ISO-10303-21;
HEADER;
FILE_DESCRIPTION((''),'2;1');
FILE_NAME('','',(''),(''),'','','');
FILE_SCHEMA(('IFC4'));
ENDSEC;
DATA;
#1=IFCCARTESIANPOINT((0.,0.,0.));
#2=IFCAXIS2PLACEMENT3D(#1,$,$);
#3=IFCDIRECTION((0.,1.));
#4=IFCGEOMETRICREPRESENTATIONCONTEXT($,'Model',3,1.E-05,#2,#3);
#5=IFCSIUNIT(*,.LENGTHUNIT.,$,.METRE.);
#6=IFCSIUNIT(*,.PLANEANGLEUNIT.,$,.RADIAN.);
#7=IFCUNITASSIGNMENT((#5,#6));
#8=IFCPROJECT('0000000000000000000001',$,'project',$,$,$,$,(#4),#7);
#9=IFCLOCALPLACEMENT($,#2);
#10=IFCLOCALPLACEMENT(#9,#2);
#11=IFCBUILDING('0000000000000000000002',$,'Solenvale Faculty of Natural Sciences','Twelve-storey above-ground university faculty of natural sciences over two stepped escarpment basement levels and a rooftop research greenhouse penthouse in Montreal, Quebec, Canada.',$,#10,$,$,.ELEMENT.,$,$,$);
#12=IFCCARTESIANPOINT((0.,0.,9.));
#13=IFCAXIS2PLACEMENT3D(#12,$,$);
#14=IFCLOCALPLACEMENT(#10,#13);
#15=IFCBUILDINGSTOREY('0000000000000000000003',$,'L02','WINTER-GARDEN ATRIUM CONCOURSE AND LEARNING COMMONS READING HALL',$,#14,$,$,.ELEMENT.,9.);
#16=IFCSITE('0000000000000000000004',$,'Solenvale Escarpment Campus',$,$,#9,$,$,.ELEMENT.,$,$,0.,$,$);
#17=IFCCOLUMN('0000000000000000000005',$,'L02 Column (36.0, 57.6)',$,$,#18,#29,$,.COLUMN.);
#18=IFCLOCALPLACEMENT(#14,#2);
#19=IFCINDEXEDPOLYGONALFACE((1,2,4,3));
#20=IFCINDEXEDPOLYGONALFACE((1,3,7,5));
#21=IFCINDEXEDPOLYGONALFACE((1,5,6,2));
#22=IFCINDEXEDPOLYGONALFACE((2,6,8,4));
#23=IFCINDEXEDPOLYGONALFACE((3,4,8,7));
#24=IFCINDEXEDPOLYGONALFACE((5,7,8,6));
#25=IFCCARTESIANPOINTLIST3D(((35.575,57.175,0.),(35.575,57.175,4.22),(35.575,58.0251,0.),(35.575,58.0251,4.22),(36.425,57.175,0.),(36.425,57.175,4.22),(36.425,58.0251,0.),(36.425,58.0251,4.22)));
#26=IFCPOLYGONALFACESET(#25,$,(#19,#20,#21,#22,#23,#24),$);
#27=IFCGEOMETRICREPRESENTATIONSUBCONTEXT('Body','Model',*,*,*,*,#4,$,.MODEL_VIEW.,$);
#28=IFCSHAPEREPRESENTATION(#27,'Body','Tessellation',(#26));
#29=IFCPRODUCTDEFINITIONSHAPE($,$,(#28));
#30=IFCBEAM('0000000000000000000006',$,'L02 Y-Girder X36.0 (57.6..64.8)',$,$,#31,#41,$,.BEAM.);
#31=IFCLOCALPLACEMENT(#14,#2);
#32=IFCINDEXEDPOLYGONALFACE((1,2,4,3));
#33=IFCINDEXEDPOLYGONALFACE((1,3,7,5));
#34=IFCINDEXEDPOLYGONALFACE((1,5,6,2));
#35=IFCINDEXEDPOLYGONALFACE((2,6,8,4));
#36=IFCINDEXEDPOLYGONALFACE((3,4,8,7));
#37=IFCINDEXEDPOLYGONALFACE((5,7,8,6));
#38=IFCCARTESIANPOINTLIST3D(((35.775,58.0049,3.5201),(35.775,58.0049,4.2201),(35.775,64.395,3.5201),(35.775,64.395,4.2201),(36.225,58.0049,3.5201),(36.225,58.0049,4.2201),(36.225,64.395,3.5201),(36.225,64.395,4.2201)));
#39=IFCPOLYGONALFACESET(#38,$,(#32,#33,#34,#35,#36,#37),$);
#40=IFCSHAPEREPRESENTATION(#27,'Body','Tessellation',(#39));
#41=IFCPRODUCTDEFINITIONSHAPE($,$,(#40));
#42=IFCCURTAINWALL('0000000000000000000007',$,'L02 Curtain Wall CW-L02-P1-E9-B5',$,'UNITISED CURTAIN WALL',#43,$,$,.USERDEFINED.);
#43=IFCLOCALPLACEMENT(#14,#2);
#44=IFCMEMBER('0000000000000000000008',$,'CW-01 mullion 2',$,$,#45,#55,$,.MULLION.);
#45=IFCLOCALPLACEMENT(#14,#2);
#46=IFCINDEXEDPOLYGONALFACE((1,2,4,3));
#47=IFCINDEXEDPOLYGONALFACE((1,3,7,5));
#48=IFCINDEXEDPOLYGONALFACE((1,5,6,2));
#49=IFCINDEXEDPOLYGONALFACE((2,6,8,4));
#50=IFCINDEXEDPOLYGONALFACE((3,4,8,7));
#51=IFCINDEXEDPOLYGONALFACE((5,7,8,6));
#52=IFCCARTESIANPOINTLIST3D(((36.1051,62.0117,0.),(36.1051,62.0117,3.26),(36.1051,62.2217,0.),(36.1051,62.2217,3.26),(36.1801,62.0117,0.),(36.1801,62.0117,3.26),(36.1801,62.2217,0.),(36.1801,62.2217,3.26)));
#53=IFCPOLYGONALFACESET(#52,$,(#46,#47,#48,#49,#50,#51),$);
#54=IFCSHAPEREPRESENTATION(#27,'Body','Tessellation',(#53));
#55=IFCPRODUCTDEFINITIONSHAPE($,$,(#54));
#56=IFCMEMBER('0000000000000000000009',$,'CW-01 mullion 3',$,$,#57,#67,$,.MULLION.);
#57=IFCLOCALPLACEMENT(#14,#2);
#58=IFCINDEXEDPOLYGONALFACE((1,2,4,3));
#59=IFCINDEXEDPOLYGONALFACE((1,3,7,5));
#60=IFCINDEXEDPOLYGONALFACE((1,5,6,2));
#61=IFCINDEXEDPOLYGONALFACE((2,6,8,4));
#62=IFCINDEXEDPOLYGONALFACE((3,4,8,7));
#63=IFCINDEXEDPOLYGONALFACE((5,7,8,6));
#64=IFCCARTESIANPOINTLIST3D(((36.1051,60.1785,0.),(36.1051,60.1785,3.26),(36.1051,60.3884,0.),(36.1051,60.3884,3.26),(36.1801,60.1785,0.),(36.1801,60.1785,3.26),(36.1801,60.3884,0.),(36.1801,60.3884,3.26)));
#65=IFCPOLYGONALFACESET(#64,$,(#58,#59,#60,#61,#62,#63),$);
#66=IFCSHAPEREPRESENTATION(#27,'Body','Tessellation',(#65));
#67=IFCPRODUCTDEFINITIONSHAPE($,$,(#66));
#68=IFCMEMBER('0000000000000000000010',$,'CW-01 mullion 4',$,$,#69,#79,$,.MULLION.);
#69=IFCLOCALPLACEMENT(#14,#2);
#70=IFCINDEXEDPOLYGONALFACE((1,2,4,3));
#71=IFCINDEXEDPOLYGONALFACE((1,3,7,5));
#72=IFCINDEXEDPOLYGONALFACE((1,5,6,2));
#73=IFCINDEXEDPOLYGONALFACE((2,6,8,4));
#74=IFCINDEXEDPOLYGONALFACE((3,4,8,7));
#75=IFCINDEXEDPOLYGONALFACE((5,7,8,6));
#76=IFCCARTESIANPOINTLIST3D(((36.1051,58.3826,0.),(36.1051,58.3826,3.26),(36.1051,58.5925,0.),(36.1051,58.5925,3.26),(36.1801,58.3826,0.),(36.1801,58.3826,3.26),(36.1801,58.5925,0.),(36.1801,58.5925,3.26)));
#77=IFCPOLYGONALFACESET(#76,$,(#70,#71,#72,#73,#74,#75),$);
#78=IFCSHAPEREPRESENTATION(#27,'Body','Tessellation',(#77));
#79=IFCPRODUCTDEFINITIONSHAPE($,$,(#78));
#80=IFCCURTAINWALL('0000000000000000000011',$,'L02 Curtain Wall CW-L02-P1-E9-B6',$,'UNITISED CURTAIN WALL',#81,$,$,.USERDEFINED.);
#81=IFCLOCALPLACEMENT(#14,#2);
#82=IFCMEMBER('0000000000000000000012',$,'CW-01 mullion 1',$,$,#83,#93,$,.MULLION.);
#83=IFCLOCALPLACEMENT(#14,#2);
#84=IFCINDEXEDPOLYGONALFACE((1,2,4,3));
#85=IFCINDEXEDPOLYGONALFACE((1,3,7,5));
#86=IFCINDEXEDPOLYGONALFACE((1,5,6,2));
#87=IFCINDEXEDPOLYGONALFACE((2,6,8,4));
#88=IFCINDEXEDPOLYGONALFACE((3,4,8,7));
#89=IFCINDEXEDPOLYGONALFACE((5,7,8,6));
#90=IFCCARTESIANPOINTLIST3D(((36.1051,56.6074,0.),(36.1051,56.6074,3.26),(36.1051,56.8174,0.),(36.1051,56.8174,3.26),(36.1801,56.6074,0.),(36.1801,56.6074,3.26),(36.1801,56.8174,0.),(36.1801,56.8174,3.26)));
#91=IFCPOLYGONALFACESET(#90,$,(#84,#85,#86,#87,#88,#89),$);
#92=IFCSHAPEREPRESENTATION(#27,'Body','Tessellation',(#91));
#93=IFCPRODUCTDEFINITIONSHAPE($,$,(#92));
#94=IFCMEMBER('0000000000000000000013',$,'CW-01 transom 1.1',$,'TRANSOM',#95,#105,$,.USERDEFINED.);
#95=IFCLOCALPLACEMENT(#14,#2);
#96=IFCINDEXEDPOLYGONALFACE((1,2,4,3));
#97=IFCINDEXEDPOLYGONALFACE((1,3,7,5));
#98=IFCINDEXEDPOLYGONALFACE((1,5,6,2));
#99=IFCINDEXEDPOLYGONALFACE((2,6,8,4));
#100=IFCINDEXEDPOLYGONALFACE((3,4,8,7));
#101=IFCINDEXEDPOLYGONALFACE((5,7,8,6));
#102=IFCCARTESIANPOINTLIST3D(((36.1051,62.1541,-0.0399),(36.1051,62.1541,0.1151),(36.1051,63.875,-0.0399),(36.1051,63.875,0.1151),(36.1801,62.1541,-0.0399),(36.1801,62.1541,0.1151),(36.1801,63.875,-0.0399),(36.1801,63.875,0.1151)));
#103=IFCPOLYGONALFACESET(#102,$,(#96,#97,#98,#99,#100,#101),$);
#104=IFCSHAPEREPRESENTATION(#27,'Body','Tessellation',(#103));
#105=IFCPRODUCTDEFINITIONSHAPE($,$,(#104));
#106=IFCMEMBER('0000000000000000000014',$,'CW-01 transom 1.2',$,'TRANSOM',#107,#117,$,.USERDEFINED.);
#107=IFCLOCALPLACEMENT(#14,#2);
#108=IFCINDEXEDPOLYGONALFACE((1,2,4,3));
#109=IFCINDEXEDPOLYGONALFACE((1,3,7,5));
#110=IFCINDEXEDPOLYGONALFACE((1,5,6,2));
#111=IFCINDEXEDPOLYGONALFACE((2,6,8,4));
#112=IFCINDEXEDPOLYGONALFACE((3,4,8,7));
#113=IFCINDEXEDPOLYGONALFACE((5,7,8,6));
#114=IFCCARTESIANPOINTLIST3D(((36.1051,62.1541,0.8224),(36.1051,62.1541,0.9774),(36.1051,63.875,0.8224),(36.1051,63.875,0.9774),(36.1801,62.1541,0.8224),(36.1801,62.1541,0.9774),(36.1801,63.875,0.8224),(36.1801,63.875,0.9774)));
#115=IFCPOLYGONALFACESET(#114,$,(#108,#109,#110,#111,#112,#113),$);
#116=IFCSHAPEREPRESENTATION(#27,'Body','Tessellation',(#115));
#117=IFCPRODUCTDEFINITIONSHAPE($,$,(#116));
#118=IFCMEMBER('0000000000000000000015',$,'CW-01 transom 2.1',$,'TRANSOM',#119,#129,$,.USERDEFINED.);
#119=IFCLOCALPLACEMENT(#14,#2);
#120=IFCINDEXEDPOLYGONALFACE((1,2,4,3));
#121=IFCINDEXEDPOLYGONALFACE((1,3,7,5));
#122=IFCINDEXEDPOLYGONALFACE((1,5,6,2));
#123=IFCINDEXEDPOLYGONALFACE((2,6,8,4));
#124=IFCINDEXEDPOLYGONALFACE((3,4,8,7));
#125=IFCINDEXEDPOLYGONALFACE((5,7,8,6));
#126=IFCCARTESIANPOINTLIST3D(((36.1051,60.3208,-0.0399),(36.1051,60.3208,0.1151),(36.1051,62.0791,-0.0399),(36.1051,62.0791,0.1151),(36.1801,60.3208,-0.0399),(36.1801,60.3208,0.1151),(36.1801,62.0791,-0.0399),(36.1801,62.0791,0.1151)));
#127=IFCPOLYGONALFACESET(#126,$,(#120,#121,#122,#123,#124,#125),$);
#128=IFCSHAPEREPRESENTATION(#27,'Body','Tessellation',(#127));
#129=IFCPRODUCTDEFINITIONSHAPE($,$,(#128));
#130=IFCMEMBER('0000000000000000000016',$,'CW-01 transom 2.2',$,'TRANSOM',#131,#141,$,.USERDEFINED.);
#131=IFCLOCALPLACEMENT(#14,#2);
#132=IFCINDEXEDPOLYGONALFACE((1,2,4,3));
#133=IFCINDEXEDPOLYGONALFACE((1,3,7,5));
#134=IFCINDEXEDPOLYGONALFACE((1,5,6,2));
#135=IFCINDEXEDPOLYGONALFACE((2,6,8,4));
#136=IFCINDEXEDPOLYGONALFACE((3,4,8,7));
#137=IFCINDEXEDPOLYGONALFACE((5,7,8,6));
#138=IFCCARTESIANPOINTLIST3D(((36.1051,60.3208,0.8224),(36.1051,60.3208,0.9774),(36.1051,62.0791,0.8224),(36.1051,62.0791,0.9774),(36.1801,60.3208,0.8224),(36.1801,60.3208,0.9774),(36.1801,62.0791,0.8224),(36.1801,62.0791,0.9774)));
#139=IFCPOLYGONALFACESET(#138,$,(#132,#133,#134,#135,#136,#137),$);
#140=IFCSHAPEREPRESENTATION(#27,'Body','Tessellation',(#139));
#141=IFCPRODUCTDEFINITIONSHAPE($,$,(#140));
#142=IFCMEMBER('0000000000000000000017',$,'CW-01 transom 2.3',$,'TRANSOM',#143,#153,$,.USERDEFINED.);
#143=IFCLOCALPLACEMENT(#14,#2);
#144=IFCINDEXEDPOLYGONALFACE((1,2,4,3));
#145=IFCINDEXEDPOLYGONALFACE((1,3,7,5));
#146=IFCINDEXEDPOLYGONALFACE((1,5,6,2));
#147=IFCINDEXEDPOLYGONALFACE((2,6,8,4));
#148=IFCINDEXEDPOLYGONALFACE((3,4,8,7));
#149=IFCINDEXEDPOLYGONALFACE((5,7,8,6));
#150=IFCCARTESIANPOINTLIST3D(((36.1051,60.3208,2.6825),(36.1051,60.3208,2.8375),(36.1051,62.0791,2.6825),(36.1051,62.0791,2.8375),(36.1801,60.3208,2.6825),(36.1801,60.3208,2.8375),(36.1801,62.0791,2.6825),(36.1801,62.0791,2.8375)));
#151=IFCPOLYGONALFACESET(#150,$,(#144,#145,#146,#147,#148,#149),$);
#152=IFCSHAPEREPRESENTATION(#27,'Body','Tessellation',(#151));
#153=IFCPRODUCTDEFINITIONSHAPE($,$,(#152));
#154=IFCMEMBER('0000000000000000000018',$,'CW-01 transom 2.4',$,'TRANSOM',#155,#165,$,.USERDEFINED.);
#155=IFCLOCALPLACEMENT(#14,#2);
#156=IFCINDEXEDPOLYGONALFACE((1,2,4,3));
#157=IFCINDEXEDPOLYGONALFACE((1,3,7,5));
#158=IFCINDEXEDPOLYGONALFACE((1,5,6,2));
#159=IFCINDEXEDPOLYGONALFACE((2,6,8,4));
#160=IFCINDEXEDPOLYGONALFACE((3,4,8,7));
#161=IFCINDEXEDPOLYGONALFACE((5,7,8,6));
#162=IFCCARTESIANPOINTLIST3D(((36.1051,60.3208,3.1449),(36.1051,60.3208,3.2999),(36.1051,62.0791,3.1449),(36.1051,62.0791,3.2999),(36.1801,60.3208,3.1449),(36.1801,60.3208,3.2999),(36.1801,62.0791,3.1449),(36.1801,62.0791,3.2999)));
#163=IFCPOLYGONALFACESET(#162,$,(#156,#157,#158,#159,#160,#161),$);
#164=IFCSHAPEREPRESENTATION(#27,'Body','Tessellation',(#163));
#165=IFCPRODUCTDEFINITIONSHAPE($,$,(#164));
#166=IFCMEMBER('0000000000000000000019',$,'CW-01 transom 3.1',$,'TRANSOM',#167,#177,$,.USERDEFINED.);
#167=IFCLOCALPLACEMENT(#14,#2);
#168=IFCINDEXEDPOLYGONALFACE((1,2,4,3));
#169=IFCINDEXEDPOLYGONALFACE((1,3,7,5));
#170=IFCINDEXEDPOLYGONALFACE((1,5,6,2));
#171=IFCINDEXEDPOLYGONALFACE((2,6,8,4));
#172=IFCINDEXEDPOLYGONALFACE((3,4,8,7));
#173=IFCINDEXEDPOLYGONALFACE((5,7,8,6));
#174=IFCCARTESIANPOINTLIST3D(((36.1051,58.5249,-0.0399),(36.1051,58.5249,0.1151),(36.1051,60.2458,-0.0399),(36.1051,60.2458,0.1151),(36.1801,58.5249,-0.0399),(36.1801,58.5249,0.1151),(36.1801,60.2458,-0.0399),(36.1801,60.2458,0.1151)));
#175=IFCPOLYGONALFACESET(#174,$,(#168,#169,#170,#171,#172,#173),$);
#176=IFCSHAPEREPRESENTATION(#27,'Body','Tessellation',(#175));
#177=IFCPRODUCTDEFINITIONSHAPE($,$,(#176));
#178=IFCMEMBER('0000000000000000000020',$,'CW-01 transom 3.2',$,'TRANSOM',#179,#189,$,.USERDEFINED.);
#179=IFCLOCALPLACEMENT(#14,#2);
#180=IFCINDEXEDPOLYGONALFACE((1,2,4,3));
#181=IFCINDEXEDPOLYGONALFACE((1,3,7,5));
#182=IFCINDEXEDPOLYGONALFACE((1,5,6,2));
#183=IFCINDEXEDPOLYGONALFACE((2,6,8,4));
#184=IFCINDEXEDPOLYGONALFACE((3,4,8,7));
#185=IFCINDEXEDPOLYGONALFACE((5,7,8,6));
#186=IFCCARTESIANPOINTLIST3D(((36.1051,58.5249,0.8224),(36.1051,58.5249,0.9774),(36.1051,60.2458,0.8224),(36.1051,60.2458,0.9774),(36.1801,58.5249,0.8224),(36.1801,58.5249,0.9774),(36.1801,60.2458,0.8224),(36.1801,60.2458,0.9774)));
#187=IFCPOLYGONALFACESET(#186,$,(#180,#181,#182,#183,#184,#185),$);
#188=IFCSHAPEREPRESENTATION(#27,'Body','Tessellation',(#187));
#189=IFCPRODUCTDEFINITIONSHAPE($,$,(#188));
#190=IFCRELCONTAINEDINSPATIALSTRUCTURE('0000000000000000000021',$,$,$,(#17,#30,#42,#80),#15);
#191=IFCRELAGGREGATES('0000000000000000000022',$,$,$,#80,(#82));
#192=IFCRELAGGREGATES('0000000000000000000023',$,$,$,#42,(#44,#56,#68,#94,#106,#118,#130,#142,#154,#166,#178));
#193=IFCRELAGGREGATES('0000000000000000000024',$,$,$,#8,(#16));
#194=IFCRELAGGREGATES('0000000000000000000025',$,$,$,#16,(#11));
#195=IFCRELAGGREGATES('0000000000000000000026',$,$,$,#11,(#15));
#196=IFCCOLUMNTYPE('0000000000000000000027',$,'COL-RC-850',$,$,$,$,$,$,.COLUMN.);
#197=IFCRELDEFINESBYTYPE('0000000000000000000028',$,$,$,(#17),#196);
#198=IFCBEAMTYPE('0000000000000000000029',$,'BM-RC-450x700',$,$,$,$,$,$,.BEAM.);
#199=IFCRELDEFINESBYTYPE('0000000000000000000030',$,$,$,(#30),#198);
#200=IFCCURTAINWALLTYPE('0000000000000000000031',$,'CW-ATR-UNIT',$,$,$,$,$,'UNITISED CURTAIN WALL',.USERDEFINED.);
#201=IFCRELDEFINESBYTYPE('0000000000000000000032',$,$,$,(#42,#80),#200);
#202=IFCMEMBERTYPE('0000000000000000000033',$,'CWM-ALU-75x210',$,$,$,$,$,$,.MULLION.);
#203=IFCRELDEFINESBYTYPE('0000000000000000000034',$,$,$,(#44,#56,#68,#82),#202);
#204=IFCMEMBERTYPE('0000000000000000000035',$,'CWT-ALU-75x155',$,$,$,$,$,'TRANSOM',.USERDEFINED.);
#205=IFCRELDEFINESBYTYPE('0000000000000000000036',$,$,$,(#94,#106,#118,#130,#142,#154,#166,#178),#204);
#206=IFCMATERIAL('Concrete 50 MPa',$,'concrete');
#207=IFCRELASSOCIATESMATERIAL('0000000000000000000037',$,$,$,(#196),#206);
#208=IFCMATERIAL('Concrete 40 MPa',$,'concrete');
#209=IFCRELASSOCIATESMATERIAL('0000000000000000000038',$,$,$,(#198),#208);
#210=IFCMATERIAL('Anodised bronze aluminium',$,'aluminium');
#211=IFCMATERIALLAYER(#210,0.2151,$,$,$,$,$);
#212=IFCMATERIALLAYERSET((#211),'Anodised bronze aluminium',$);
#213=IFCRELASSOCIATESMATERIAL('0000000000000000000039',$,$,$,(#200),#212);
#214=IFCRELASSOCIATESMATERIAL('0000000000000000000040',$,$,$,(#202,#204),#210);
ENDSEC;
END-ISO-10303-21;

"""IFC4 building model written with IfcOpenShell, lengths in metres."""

from ifc_helpers import new_model, si_unit, direction, frame, origin, origin_2d, place, context, subcontext, project, spatial, rectangle, extrude, material, layer, layer_set, material_profile, profile_set, type_object, element, aggregate, save


model = new_model("IFC4")

# Units and contexts
model_context = context("Model", 3, precision=1e-05, world=origin(), true_north=direction((0.0, 1.0)))
body_context = subcontext(model_context, "Body", "Model", "MODEL_VIEW")
ifc_project = project(units=[si_unit("LENGTHUNIT", "METRE"), si_unit("PLANEANGLEUNIT", "RADIAN")], contexts=[model_context])

# Site, building, storey
site_placement = place(None, origin())
site = spatial("IfcSite", under=ifc_project, at=site_placement, Name="Solenvale Escarpment Campus", CompositionType="ELEMENT", RefElevation=0.0)
building_placement = place(site_placement, origin())
building = spatial("IfcBuilding", under=site, at=building_placement, Name="Solenvale Faculty of Natural Sciences", Description="Twelve-storey above-ground university faculty of natural sciences over two stepped escarpment basement levels and a rooftop research greenhouse penthouse in Montreal, Quebec, Canada.", CompositionType="ELEMENT")
storey_placement = place(building_placement, frame((0.0, 0.0, 9.0)))
storey = spatial("IfcBuildingStorey", under=building, at=storey_placement, Name="L02", Description="WINTER-GARDEN ATRIUM CONCOURSE AND LEARNING COMMONS READING HALL", CompositionType="ELEMENT", Elevation=9.0)

# Column
ifc_material_1 = material(Name="Concrete 50 MPa", Category="concrete")
ifc_material_profile_1 = material_profile(ifc_material_1, rectangle(XDim=0.8501, YDim=0.8501, at=origin_2d()), Name="RC-COL-850x850")
ifc_profile_set_1 = profile_set([ifc_material_profile_1], Name="Concrete 50 MPa")
column_type = type_object("IfcColumnType", Name="COL-RC-850", PredefinedType="COLUMN", material=ifc_profile_set_1)
column_placement = place(storey_placement, frame((36.0, 57.6001, 0.0), z_axis=(0.0, 0.0, 1.0), x_axis=(1.0, 0.0, 0.0)))
element("IfcColumn", 1, at=column_placement, inside=storey, type_object=column_type, Name="L02 Column (36.0, 57.6)", PredefinedType="COLUMN", context=body_context, shape_type="SweptSolid", body=[
    extrude(rectangle(XDim=0.8501, YDim=0.8501, at=origin_2d()), origin(), (0.0, 0.0, 1.0), 4.22),
])

# Beam
ifc_material_2 = material(Name="Concrete 40 MPa", Category="concrete")
ifc_material_profile_2 = material_profile(ifc_material_2, rectangle(XDim=0.45, YDim=0.7, at=origin_2d()), Name="RC-BM-450x700")
ifc_profile_set_2 = profile_set([ifc_material_profile_2], Name="Concrete 40 MPa")
beam_type = type_object("IfcBeamType", Name="BM-RC-450x700", PredefinedType="BEAM", material=ifc_profile_set_2)
beam_placement = place(storey_placement, frame((36.0, 58.0049, 3.8701), z_axis=(0.0, 1.0, 0.0), x_axis=(-1.0, 0.0, 0.0)))
element("IfcBeam", 2, at=beam_placement, inside=storey, type_object=beam_type, Name="L02 Y-Girder X36.0 (57.6..64.8)", PredefinedType="BEAM", context=body_context, shape_type="SweptSolid", body=[
    extrude(rectangle(XDim=0.45, YDim=0.7, at=origin_2d()), origin(), (0.0, 0.0, 1.0), 6.3901),
])

# Curtain wall, members
ifc_material_3 = material(Name="Anodised bronze aluminium", Category="aluminium")
ifc_layer_1 = layer(ifc_material_3, 0.2151)
ifc_layer_set_1 = layer_set([ifc_layer_1], Name="Anodised bronze aluminium")
curtain_wall_type = type_object("IfcCurtainWallType", Name="CW-ATR-UNIT", ElementType="UNITISED CURTAIN WALL", PredefinedType="USERDEFINED", material=ifc_layer_set_1)
curtain_wall_1_placement = place(storey_placement, origin())
curtain_wall_1 = element("IfcCurtainWall", 3, at=curtain_wall_1_placement, inside=storey, type_object=curtain_wall_type, Name="L02 Curtain Wall CW-L02-P1-E9-B5", ObjectType="UNITISED CURTAIN WALL", PredefinedType="USERDEFINED")
ifc_material_profile_3 = material_profile(ifc_material_3, rectangle(XDim=0.075, YDim=0.21, at=origin_2d()), Name="ALU-MUL-75x210")
ifc_profile_set_3 = profile_set([ifc_material_profile_3], Name="Anodised bronze aluminium")
member_type_1 = type_object("IfcMemberType", Name="CWM-ALU-75x210", PredefinedType="MULLION", material=ifc_profile_set_3)
member_1_placement = place(storey_placement, frame((36.1426, 62.1167, 0.0), z_axis=(0.0, 0.0, 1.0), x_axis=(1.0, 0.0, 0.0)))
member_1 = element("IfcMember", 4, at=member_1_placement, type_object=member_type_1, Name="CW-01 mullion 2", PredefinedType="MULLION", context=body_context, shape_type="SweptSolid", body=[
    extrude(rectangle(XDim=0.075, YDim=0.21, at=origin_2d()), origin(), (0.0, 0.0, 1.0), 3.26),
])
member_2_placement = place(storey_placement, frame((36.1426, 60.2834, 0.0), z_axis=(0.0, 0.0, 1.0), x_axis=(1.0, 0.0, 0.0)))
member_2 = element("IfcMember", 5, at=member_2_placement, type_object=member_type_1, Name="CW-01 mullion 3", PredefinedType="MULLION", context=body_context, shape_type="SweptSolid", body=[
    extrude(rectangle(XDim=0.075, YDim=0.21, at=origin_2d()), origin(), (0.0, 0.0, 1.0), 3.26),
])
member_3_placement = place(storey_placement, frame((36.1426, 58.4875, 0.0), z_axis=(0.0, 0.0, 1.0), x_axis=(1.0, 0.0, 0.0)))
member_3 = element("IfcMember", 6, at=member_3_placement, type_object=member_type_1, Name="CW-01 mullion 4", PredefinedType="MULLION", context=body_context, shape_type="SweptSolid", body=[
    extrude(rectangle(XDim=0.075, YDim=0.21, at=origin_2d()), origin(), (0.0, 0.0, 1.0), 3.26),
])

# Curtain wall, member
curtain_wall_2_placement = place(storey_placement, origin())
curtain_wall_2 = element("IfcCurtainWall", 7, at=curtain_wall_2_placement, inside=storey, type_object=curtain_wall_type, Name="L02 Curtain Wall CW-L02-P1-E9-B6", ObjectType="UNITISED CURTAIN WALL", PredefinedType="USERDEFINED")
member_4_placement = place(storey_placement, frame((36.1426, 56.7124, 0.0), z_axis=(0.0, 0.0, 1.0), x_axis=(1.0, 0.0, 0.0)))
member_4 = element("IfcMember", 8, at=member_4_placement, type_object=member_type_1, Name="CW-01 mullion 1", PredefinedType="MULLION", context=body_context, shape_type="SweptSolid", body=[
    extrude(rectangle(XDim=0.075, YDim=0.21, at=origin_2d()), origin(), (0.0, 0.0, 1.0), 3.26),
])

# Members
ifc_material_profile_4 = material_profile(ifc_material_3, rectangle(XDim=0.075, YDim=0.155, at=origin_2d()), Name="ALU-TRN-75x155")
ifc_profile_set_4 = profile_set([ifc_material_profile_4], Name="Anodised bronze aluminium")
member_type_2 = type_object("IfcMemberType", Name="CWT-ALU-75x155", ElementType="TRANSOM", PredefinedType="USERDEFINED", material=ifc_profile_set_4)
member_5_placement = place(storey_placement, frame((36.1426, 63.875, 0.0376), z_axis=(0.0, -1.0, 0.0), x_axis=(1.0, 0.0, 0.0)))
member_5 = element("IfcMember", 9, at=member_5_placement, type_object=member_type_2, Name="CW-01 transom 1.1", ObjectType="TRANSOM", PredefinedType="USERDEFINED", context=body_context, shape_type="SweptSolid", body=[
    extrude(rectangle(XDim=0.075, YDim=0.155, at=origin_2d()), origin(), (0.0, 0.0, 1.0), 1.7209),
])
member_6_placement = place(storey_placement, frame((36.1426, 63.875, 0.8999), z_axis=(0.0, -1.0, 0.0), x_axis=(1.0, 0.0, 0.0)))
member_6 = element("IfcMember", 10, at=member_6_placement, type_object=member_type_2, Name="CW-01 transom 1.2", ObjectType="TRANSOM", PredefinedType="USERDEFINED", context=body_context, shape_type="SweptSolid", body=[
    extrude(rectangle(XDim=0.075, YDim=0.155, at=origin_2d()), origin(), (0.0, 0.0, 1.0), 1.7209),
])
member_7_placement = place(storey_placement, frame((36.1426, 62.0791, 0.0376), z_axis=(0.0, -1.0, 0.0), x_axis=(1.0, 0.0, 0.0)))
member_7 = element("IfcMember", 11, at=member_7_placement, type_object=member_type_2, Name="CW-01 transom 2.1", ObjectType="TRANSOM", PredefinedType="USERDEFINED", context=body_context, shape_type="SweptSolid", body=[
    extrude(rectangle(XDim=0.075, YDim=0.155, at=origin_2d()), origin(), (0.0, 0.0, 1.0), 1.7583),
])
member_8_placement = place(storey_placement, frame((36.1426, 62.0791, 0.8999), z_axis=(0.0, -1.0, 0.0), x_axis=(1.0, 0.0, 0.0)))
member_8 = element("IfcMember", 12, at=member_8_placement, type_object=member_type_2, Name="CW-01 transom 2.2", ObjectType="TRANSOM", PredefinedType="USERDEFINED", context=body_context, shape_type="SweptSolid", body=[
    extrude(rectangle(XDim=0.075, YDim=0.155, at=origin_2d()), origin(), (0.0, 0.0, 1.0), 1.7583),
])
member_9_placement = place(storey_placement, frame((36.1426, 62.0791, 2.76), z_axis=(0.0, -1.0, 0.0), x_axis=(1.0, 0.0, 0.0)))
member_9 = element("IfcMember", 13, at=member_9_placement, type_object=member_type_2, Name="CW-01 transom 2.3", ObjectType="TRANSOM", PredefinedType="USERDEFINED", context=body_context, shape_type="SweptSolid", body=[
    extrude(rectangle(XDim=0.075, YDim=0.155, at=origin_2d()), origin(), (0.0, 0.0, 1.0), 1.7583),
])
member_10_placement = place(storey_placement, frame((36.1426, 62.0791, 3.2224), z_axis=(0.0, -1.0, 0.0), x_axis=(1.0, 0.0, 0.0)))
member_10 = element("IfcMember", 14, at=member_10_placement, type_object=member_type_2, Name="CW-01 transom 2.4", ObjectType="TRANSOM", PredefinedType="USERDEFINED", context=body_context, shape_type="SweptSolid", body=[
    extrude(rectangle(XDim=0.075, YDim=0.155, at=origin_2d()), origin(), (0.0, 0.0, 1.0), 1.7583),
])
member_11_placement = place(storey_placement, frame((36.1426, 60.2458, 0.0376), z_axis=(0.0, -1.0, 0.0), x_axis=(1.0, 0.0, 0.0)))
member_11 = element("IfcMember", 15, at=member_11_placement, type_object=member_type_2, Name="CW-01 transom 3.1", ObjectType="TRANSOM", PredefinedType="USERDEFINED", context=body_context, shape_type="SweptSolid", body=[
    extrude(rectangle(XDim=0.075, YDim=0.155, at=origin_2d()), origin(), (0.0, 0.0, 1.0), 1.7209),
])
member_12_placement = place(storey_placement, frame((36.1426, 60.2458, 0.8999), z_axis=(0.0, -1.0, 0.0), x_axis=(1.0, 0.0, 0.0)))
member_12 = element("IfcMember", 16, at=member_12_placement, type_object=member_type_2, Name="CW-01 transom 3.2", ObjectType="TRANSOM", PredefinedType="USERDEFINED", context=body_context, shape_type="SweptSolid", body=[
    extrude(rectangle(XDim=0.075, YDim=0.155, at=origin_2d()), origin(), (0.0, 0.0, 1.0), 1.7209),
])
aggregate(curtain_wall_2, [member_4])

aggregate(curtain_wall_1, [member_1, member_2, member_3, member_5, member_6, member_7, member_8, member_9, member_10, member_11, member_12])

save(model, "model.ifc")
